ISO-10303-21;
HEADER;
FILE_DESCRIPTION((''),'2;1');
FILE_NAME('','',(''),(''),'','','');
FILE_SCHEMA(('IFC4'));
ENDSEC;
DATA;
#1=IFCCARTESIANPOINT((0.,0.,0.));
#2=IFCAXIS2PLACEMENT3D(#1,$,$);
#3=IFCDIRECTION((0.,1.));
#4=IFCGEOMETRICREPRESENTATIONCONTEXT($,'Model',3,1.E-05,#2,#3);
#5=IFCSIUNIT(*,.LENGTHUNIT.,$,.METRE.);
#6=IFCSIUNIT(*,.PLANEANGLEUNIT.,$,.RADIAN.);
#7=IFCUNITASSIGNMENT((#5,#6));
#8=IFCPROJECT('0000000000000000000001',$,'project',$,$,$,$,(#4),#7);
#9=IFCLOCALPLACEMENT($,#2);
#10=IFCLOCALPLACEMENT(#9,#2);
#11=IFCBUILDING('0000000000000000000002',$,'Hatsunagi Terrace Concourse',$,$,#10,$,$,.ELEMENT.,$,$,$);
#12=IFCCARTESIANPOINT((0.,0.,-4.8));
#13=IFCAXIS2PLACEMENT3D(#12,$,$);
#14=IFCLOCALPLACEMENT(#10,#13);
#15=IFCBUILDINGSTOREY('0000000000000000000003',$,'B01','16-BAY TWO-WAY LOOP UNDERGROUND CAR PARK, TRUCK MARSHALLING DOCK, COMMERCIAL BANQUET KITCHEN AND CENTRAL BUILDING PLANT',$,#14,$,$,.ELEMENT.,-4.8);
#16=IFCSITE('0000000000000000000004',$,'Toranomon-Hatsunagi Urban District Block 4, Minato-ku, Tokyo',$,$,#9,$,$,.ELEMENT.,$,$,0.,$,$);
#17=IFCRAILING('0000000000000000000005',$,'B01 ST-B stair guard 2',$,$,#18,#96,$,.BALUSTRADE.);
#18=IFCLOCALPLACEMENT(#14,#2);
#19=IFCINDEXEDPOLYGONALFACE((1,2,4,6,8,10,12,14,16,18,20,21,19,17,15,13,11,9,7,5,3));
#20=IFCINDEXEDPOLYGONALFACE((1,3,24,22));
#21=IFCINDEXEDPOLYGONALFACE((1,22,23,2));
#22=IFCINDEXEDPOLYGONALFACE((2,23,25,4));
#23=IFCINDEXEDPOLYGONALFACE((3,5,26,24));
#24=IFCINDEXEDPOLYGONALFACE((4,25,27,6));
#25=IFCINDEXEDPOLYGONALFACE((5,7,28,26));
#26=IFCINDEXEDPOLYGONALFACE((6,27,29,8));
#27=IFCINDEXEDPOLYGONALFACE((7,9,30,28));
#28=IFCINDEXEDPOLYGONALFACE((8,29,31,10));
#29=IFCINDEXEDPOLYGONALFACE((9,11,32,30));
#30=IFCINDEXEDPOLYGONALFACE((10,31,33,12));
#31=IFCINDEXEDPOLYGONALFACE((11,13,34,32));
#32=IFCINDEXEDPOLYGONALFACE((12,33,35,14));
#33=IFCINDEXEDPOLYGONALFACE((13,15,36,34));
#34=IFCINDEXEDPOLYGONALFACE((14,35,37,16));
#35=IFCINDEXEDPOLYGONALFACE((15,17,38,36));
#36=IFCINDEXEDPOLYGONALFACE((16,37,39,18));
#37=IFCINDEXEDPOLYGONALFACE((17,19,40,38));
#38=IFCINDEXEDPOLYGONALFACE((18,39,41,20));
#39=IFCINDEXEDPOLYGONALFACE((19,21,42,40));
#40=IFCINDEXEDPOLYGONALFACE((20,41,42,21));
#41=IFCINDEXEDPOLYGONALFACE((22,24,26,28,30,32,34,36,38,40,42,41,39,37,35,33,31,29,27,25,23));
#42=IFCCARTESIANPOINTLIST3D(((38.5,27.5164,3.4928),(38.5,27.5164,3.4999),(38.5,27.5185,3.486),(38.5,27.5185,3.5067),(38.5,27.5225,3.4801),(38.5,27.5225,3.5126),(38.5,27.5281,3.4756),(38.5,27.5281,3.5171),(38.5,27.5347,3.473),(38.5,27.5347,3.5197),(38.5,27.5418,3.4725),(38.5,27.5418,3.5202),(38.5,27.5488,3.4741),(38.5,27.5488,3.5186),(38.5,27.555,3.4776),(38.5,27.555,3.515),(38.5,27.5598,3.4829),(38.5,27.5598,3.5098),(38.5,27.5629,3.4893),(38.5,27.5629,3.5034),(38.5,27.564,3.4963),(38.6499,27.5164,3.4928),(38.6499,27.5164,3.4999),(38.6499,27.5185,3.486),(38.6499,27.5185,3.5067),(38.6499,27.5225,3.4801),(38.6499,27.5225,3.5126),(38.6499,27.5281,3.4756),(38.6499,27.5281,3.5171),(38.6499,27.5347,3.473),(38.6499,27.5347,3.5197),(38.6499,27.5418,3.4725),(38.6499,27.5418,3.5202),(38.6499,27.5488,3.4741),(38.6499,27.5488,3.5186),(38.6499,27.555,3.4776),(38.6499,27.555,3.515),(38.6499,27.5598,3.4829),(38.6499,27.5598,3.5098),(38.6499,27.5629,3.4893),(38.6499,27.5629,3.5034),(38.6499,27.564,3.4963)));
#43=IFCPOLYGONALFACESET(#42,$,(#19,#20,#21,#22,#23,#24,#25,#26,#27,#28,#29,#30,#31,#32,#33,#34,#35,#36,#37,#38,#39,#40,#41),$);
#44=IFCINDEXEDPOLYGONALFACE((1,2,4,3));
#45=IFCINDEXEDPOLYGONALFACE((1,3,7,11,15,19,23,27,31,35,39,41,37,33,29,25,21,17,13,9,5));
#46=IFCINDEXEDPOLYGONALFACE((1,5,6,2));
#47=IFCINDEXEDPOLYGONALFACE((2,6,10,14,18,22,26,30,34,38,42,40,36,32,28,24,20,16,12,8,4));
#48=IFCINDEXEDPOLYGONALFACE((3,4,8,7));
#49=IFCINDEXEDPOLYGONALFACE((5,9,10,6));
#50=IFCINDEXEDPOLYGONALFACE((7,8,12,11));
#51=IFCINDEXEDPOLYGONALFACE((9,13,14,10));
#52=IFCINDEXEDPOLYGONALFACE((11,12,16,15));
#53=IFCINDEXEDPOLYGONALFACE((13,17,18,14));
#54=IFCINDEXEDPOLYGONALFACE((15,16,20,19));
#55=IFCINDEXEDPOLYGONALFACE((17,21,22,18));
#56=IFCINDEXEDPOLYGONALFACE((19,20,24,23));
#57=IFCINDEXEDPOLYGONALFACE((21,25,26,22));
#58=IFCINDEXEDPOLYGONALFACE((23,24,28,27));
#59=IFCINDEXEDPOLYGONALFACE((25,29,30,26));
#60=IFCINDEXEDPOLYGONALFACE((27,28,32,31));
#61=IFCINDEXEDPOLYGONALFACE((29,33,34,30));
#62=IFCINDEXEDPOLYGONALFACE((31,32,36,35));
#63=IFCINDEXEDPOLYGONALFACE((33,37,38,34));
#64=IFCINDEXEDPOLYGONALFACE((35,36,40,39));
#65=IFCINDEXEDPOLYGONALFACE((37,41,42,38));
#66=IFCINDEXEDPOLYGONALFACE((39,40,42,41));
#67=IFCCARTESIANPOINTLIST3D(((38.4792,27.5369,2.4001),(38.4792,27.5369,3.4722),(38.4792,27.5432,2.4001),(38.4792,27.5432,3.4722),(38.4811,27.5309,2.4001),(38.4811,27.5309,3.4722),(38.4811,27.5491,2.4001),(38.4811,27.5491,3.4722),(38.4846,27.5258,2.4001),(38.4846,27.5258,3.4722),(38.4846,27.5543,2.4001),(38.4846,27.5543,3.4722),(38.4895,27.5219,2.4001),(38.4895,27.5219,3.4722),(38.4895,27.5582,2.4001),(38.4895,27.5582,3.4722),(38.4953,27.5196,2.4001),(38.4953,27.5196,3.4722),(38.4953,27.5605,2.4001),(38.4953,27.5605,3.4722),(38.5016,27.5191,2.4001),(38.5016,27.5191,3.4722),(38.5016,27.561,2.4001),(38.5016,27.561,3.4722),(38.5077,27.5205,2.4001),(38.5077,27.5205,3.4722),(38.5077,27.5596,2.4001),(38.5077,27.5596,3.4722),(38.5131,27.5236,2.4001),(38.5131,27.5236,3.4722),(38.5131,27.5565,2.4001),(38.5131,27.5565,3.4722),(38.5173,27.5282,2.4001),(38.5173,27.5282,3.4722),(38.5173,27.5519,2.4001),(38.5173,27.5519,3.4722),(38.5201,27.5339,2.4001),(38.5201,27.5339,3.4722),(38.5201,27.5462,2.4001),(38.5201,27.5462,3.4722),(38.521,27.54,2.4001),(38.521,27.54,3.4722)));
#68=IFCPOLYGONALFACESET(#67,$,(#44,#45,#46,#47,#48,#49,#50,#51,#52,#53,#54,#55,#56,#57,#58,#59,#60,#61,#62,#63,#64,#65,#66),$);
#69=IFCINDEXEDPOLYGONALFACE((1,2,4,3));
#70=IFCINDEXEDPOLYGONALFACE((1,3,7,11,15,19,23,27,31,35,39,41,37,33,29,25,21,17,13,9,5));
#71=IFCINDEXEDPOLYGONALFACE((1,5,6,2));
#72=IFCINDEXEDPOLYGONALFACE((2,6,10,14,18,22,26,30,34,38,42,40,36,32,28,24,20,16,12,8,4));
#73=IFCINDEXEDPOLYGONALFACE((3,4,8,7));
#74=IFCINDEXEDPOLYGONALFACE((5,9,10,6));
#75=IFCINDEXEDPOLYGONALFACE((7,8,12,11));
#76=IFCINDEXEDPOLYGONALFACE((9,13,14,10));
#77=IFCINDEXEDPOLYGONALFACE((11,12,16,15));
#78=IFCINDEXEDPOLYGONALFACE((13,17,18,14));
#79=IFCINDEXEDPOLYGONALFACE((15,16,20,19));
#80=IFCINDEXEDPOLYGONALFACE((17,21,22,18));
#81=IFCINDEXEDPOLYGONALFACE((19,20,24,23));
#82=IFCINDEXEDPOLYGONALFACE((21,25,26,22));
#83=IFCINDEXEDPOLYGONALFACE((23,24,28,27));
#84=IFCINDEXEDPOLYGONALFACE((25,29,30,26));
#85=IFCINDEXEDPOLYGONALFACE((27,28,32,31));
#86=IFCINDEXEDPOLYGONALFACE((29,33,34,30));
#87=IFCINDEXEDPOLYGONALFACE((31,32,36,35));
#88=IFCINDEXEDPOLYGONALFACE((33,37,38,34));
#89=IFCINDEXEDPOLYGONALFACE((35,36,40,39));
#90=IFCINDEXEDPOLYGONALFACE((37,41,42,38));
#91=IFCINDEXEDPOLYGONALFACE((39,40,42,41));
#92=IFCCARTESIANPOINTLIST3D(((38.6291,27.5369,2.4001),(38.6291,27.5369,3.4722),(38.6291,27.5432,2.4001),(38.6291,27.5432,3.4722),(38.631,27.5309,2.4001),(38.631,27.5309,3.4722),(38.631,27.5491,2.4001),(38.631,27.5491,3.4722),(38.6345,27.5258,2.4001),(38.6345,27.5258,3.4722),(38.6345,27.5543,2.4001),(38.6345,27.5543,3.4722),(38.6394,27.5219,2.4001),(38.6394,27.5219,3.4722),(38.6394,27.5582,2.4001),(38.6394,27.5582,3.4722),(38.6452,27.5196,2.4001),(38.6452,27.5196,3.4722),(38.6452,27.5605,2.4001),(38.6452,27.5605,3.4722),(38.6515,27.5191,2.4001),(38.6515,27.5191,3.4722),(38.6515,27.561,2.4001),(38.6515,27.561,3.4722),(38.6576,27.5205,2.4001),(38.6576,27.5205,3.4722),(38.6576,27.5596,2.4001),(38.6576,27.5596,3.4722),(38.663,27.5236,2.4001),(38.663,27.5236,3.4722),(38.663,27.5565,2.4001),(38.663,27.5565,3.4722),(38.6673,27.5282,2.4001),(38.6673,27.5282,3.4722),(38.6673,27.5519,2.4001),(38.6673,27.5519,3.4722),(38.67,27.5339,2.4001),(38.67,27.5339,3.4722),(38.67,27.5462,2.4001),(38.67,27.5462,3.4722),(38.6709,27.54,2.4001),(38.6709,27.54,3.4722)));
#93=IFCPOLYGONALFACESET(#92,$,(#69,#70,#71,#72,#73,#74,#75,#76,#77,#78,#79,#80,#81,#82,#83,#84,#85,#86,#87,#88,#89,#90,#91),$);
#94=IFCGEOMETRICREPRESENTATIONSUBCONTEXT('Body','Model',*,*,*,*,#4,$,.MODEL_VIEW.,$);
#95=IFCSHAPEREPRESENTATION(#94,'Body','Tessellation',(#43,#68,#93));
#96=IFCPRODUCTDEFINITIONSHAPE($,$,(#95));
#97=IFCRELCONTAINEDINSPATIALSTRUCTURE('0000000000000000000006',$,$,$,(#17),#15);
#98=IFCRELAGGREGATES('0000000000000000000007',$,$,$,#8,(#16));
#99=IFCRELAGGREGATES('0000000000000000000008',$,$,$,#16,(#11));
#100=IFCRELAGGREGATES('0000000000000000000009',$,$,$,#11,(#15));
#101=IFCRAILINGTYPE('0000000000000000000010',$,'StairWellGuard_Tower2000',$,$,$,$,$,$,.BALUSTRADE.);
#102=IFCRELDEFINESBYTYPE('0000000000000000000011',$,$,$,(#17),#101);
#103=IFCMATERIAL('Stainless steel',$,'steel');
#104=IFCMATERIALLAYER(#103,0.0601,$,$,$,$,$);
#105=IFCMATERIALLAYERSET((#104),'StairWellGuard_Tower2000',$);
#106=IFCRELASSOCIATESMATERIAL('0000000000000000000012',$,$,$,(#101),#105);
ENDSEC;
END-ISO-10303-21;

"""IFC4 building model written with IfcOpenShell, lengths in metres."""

from ifc_helpers import new_model, si_unit, direction, frame, origin, origin_2d, place, context, subcontext, project, spatial, circle, extrude, material, layer, layer_set, type_object, element, save


model = new_model("IFC4")

# Units and contexts
model_context = context("Model", 3, precision=1e-05, world=origin(), true_north=direction((0.0, 1.0)))
body_context = subcontext(model_context, "Body", "Model", "MODEL_VIEW")
ifc_project = project(units=[si_unit("LENGTHUNIT", "METRE"), si_unit("PLANEANGLEUNIT", "RADIAN")], contexts=[model_context])

# Site, building, storey
site_placement = place(None, origin())
site = spatial("IfcSite", under=ifc_project, at=site_placement, Name="Toranomon-Hatsunagi Urban District Block 4, Minato-ku, Tokyo", CompositionType="ELEMENT", RefElevation=0.0)
building_placement = place(site_placement, origin())
building = spatial("IfcBuilding", under=site, at=building_placement, Name="Hatsunagi Terrace Concourse", CompositionType="ELEMENT")
storey_placement = place(building_placement, frame((0.0, 0.0, -4.8)))
storey = spatial("IfcBuildingStorey", under=building, at=storey_placement, Name="B01", Description="16-BAY TWO-WAY LOOP UNDERGROUND CAR PARK, TRUCK MARSHALLING DOCK, COMMERCIAL BANQUET KITCHEN AND CENTRAL BUILDING PLANT", CompositionType="ELEMENT", Elevation=-4.8)

# Railing
ifc_material_1 = material(Name="Stainless steel", Category="steel")
ifc_layer_1 = layer(ifc_material_1, 0.0601)
ifc_layer_set_1 = layer_set([ifc_layer_1], Name="StairWellGuard_Tower2000")
railing_type_1 = type_object("IfcRailingType", Name="StairWellGuard_Tower2000", PredefinedType="BALUSTRADE", material=ifc_layer_set_1)
railing_1_placement = place(storey_placement, frame((38.5, 27.54, 2.4001)))
element("IfcRailing", 1, at=railing_1_placement, inside=storey, type_object=railing_type_1, Name="B01 ST-B stair guard 2", PredefinedType="BALUSTRADE", context=body_context, shape_type="SweptSolid", body=[
    extrude(circle(Radius=0.0239, at=origin_2d()), frame((0.0, 0.0, 1.0962), z_axis=(1.0, 0.0, 0.0), x_axis=(0.0, 1.0, 0.0)), (0.0, 0.0, 1.0), 0.1499),
    extrude(circle(Radius=0.021, at=origin_2d()), origin(), (0.0, 0.0, 1.0), 1.072),
    extrude(circle(Radius=0.021, at=origin_2d()), frame((0.1499, 0.0, 0.0)), (0.0, 0.0, 1.0), 1.072),
])

save(model, "model.ifc")
